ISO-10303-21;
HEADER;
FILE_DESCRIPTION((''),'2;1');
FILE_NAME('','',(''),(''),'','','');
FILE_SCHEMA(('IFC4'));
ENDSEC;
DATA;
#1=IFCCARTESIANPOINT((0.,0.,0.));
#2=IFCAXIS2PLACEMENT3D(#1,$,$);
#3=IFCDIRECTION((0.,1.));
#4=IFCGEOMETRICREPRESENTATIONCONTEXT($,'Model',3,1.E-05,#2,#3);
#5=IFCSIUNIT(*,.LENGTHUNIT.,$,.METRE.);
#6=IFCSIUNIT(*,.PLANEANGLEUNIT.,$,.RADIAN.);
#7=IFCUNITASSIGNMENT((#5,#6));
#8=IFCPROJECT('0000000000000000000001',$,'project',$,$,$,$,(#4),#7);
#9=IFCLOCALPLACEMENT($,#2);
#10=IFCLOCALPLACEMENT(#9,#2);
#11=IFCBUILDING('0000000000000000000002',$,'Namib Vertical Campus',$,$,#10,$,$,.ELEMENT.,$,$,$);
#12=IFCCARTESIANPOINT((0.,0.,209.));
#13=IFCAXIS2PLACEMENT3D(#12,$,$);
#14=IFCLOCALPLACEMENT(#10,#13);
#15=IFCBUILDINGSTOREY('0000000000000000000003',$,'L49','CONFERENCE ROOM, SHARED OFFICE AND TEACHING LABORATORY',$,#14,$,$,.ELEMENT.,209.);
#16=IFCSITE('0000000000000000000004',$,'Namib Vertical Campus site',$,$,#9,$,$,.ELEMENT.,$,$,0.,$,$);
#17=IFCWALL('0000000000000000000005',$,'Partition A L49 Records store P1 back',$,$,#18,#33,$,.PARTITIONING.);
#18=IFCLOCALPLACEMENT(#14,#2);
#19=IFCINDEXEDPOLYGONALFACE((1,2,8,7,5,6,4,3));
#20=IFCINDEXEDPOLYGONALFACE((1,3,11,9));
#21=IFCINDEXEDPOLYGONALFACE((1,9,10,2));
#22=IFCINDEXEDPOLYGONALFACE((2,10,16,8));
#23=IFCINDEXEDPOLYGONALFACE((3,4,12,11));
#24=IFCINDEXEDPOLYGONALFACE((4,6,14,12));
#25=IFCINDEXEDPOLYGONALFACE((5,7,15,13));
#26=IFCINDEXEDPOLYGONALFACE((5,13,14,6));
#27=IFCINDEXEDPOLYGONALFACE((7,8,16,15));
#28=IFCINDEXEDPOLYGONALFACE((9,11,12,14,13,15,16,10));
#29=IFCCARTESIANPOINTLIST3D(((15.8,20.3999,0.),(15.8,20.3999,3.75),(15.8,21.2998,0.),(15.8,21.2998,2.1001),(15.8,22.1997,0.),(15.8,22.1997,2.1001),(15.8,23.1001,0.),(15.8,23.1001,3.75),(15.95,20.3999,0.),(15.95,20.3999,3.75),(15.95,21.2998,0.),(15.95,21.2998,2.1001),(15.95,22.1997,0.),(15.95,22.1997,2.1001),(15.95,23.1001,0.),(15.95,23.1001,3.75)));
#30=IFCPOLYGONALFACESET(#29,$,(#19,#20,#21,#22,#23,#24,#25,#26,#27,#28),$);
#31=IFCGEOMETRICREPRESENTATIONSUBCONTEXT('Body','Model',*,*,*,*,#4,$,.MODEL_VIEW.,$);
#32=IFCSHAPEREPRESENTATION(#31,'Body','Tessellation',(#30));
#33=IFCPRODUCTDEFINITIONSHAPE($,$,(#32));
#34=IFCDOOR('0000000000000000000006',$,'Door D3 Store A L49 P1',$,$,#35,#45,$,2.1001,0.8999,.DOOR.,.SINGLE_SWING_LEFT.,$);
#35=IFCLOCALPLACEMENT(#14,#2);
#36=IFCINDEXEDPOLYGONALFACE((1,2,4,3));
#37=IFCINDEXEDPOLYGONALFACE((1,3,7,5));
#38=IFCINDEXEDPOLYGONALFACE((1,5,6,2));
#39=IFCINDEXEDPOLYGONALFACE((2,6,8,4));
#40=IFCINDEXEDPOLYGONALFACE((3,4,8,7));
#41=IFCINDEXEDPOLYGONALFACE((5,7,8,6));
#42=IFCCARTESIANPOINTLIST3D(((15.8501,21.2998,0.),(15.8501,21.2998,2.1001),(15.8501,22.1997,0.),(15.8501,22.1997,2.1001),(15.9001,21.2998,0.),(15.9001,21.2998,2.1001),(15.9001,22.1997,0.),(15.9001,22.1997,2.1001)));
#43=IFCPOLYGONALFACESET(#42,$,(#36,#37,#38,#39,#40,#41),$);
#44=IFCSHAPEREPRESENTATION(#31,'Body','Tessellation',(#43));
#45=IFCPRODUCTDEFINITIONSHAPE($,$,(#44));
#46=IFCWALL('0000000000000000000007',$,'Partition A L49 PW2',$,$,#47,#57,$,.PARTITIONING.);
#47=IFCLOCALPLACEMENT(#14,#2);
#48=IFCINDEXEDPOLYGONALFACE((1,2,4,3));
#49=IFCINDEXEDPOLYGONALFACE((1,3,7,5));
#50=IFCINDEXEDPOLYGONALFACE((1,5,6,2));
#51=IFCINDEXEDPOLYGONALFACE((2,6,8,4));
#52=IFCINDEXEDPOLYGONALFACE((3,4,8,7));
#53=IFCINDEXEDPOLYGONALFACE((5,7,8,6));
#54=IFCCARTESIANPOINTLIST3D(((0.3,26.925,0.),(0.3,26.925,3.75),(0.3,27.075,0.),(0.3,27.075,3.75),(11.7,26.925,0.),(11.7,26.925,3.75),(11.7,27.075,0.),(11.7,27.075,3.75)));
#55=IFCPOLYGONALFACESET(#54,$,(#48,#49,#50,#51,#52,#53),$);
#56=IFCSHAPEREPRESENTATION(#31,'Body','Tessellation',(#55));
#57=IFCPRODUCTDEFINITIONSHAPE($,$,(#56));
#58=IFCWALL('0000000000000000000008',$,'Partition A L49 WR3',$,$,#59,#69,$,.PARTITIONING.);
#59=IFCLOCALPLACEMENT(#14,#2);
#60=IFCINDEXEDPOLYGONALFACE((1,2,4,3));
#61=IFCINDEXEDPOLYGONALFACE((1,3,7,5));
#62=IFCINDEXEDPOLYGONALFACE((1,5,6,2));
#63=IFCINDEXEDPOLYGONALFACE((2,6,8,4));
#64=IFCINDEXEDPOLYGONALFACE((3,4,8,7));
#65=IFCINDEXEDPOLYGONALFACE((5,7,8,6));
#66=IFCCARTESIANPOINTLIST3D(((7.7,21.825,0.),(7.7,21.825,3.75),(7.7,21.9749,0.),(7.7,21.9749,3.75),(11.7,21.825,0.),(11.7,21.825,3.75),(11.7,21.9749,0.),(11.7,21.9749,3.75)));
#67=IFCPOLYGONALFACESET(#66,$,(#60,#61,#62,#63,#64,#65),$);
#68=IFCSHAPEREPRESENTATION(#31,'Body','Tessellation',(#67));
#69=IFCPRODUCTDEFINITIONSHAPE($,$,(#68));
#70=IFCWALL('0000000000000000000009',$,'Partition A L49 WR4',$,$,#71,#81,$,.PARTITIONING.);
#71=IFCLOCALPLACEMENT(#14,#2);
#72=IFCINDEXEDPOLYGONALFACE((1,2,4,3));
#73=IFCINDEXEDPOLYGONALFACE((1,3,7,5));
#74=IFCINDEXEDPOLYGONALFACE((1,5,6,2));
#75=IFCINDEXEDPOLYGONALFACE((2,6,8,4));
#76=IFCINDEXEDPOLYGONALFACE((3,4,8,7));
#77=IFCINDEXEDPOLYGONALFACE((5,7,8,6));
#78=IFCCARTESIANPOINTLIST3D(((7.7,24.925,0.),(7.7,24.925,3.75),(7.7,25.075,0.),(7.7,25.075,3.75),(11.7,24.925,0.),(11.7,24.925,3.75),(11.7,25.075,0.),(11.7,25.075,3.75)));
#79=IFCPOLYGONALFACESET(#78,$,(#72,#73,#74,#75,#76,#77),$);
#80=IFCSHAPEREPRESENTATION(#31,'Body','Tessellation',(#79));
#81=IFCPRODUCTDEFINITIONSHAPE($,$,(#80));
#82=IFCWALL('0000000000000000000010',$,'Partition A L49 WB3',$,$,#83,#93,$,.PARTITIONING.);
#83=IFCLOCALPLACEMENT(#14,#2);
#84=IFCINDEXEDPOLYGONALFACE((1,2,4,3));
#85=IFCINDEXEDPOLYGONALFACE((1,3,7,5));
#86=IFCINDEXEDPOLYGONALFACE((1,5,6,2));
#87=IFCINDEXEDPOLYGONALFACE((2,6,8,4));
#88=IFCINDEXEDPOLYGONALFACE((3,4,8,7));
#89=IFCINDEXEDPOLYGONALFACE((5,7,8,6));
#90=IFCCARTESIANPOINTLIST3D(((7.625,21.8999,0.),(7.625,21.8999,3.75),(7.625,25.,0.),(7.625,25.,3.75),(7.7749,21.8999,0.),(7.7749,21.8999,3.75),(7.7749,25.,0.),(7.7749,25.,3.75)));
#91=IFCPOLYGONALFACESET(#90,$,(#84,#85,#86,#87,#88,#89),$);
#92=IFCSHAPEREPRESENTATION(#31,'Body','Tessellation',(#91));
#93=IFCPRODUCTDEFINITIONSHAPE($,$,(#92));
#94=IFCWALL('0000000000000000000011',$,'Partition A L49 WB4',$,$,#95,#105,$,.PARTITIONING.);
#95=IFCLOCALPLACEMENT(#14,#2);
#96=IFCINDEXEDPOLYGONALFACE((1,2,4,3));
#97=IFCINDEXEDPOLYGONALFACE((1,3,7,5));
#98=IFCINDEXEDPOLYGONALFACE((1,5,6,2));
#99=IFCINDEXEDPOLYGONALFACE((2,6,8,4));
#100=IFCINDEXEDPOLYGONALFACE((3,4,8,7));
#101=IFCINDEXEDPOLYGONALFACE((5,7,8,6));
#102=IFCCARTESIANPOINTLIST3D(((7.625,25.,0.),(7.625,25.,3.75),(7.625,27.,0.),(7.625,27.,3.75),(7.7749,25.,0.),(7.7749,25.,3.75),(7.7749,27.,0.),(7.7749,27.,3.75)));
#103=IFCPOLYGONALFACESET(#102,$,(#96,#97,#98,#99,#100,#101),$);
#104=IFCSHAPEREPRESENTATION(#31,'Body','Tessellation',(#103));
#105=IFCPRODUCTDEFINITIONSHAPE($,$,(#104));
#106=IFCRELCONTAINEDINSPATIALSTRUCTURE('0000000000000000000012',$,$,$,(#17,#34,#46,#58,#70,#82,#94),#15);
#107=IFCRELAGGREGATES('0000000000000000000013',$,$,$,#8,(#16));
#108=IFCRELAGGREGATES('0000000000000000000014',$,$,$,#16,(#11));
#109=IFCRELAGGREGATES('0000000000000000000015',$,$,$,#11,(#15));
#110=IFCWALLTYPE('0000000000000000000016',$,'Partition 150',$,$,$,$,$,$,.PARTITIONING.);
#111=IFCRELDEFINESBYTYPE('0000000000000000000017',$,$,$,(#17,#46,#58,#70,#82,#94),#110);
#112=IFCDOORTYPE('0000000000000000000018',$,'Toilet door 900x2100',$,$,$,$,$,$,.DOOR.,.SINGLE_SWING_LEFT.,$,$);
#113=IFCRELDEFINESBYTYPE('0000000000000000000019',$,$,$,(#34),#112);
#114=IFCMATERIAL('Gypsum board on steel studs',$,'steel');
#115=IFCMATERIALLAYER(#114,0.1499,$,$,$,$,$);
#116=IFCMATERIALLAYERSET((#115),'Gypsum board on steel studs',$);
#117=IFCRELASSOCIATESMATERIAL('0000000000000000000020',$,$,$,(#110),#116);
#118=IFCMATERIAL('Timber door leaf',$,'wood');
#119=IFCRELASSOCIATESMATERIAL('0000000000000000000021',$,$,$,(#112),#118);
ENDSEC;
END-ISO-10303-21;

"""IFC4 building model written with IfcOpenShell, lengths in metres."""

from ifc_helpers import new_model, si_unit, direction, frame, frame_2d, origin, place, context, subcontext, project, spatial, rectangle, extrude, material, layer, layer_set, type_object, element, fill, save


model = new_model("IFC4")

# Units and contexts
model_context = context("Model", 3, precision=1e-05, world=origin(), true_north=direction((0.0, 1.0)))
body_context = subcontext(model_context, "Body", "Model", "MODEL_VIEW")
ifc_project = project(units=[si_unit("LENGTHUNIT", "METRE"), si_unit("PLANEANGLEUNIT", "RADIAN")], contexts=[model_context])

# Site, building, storey
site_placement = place(None, origin())
site = spatial("IfcSite", under=ifc_project, at=site_placement, Name="Namib Vertical Campus site", CompositionType="ELEMENT", RefElevation=0.0)
building_placement = place(site_placement, origin())
building = spatial("IfcBuilding", under=site, at=building_placement, Name="Namib Vertical Campus", CompositionType="ELEMENT")
storey_placement = place(building_placement, frame((0.0, 0.0, 209.0)))
storey = spatial("IfcBuildingStorey", under=building, at=storey_placement, Name="L49", Description="CONFERENCE ROOM, SHARED OFFICE AND TEACHING LABORATORY", CompositionType="ELEMENT", Elevation=209.0)

# Wall, opening, door
ifc_material_1 = material(Name="Gypsum board on steel studs", Category="steel")
ifc_layer_1 = layer(ifc_material_1, 0.1499)
ifc_layer_set_1 = layer_set([ifc_layer_1], Name="Gypsum board on steel studs")
wall_type_1 = type_object("IfcWallType", Name="Partition 150", PredefinedType="PARTITIONING", material=ifc_layer_set_1)
wall_1_placement = place(storey_placement, frame((15.875, 20.3999, 0.0), z_axis=(0.0, 0.0, 1.0), x_axis=(0.0, 1.0, 0.0)))
wall_1 = element("IfcWall", 1, at=wall_1_placement, inside=storey, type_object=wall_type_1, Name="Partition A L49 Records store P1 back", PredefinedType="PARTITIONING", context=body_context, shape_type="SweptSolid", body=[
    extrude(rectangle(XDim=2.7002, YDim=0.1499, at=frame_2d((1.3501, 0.0))), origin(), (0.0, 0.0, 1.0), 3.75),
])
opening_1_placement = place(wall_1_placement, frame((0.8999, 0.0, 0.0)))
opening_1 = element("IfcOpeningElement", 2, at=opening_1_placement, cuts=wall_1, PredefinedType="OPENING", context=body_context, shape_type="SweptSolid", body=[
    extrude(rectangle(XDim=0.8999, YDim=2.1001, at=frame_2d((0.45, 1.05))), frame((0.0, 0.085, 0.0), z_axis=(0.0, -1.0, 0.0), x_axis=(1.0, 0.0, 0.0)), (0.0, 0.0, 1.0), 0.1699),
])
ifc_material_2 = material(Name="Timber door leaf", Category="wood")
door_type_1 = type_object("IfcDoorType", Name="Toilet door 900x2100", OperationType="SINGLE_SWING_LEFT", PredefinedType="DOOR", material=ifc_material_2)
door_1_placement = place(opening_1_placement, origin())
door_1 = element("IfcDoor", 3, at=door_1_placement, inside=storey, type_object=door_type_1, Name="Door D3 Store A L49 P1", OperationType="SINGLE_SWING_LEFT", OverallHeight=2.1001, OverallWidth=0.8999, PredefinedType="DOOR", context=body_context, shape_type="SweptSolid", body=[
    extrude(rectangle(XDim=0.8999, YDim=2.1001, at=frame_2d((0.45, 1.05))), frame((0.0, 0.0249, 0.0), z_axis=(0.0, -1.0, 0.0), x_axis=(1.0, 0.0, 0.0)), (0.0, 0.0, 1.0), 0.05),
])
fill(opening_1, door_1)

# Walls
wall_2_placement = place(storey_placement, frame((0.3, 27.0, 0.0), z_axis=(0.0, 0.0, 1.0), x_axis=(1.0, 0.0, 0.0)))
element("IfcWall", 4, at=wall_2_placement, inside=storey, type_object=wall_type_1, Name="Partition A L49 PW2", PredefinedType="PARTITIONING", context=body_context, shape_type="SweptSolid", body=[
    extrude(rectangle(XDim=11.3999, YDim=0.1499, at=frame_2d((5.7, 0.0))), origin(), (0.0, 0.0, 1.0), 3.75),
])
for number, where, z_axis, x_axis, name in (
    (5, (11.7, 21.8999, 0.0), (0.0, 0.0, 1.0), (-1.0, 0.0, 0.0), "Partition A L49 WR3"),
    (6, (11.7, 25.0, 0.0), (0.0, 0.0, 1.0), (-1.0, 0.0, 0.0), "Partition A L49 WR4"),
):
    element("IfcWall", number, at=place(storey_placement, frame(where, z_axis=z_axis, x_axis=x_axis)), inside=storey, type_object=wall_type_1, Name=name, PredefinedType="PARTITIONING", context=body_context, shape_type="SweptSolid", body=[
        extrude(rectangle(XDim=4.0, YDim=0.1499, at=frame_2d((2.0, 0.0))), origin(), (0.0, 0.0, 1.0), 3.75),
    ])
wall_3_placement = place(storey_placement, frame((7.7, 21.8999, 0.0), z_axis=(0.0, 0.0, 1.0), x_axis=(0.0, 1.0, 0.0)))
element("IfcWall", 7, at=wall_3_placement, inside=storey, type_object=wall_type_1, Name="Partition A L49 WB3", PredefinedType="PARTITIONING", context=body_context, shape_type="SweptSolid", body=[
    extrude(rectangle(XDim=3.1001, YDim=0.1499, at=frame_2d((1.55, 0.0))), origin(), (0.0, 0.0, 1.0), 3.75),
])
wall_4_placement = place(storey_placement, frame((7.7, 25.0, 0.0), z_axis=(0.0, 0.0, 1.0), x_axis=(0.0, 1.0, 0.0)))
element("IfcWall", 8, at=wall_4_placement, inside=storey, type_object=wall_type_1, Name="Partition A L49 WB4", PredefinedType="PARTITIONING", context=body_context, shape_type="SweptSolid", body=[
    extrude(rectangle(XDim=2.0, YDim=0.1499, at=frame_2d((1.0, 0.0))), origin(), (0.0, 0.0, 1.0), 3.75),
])

save(model, "model.ifc")
